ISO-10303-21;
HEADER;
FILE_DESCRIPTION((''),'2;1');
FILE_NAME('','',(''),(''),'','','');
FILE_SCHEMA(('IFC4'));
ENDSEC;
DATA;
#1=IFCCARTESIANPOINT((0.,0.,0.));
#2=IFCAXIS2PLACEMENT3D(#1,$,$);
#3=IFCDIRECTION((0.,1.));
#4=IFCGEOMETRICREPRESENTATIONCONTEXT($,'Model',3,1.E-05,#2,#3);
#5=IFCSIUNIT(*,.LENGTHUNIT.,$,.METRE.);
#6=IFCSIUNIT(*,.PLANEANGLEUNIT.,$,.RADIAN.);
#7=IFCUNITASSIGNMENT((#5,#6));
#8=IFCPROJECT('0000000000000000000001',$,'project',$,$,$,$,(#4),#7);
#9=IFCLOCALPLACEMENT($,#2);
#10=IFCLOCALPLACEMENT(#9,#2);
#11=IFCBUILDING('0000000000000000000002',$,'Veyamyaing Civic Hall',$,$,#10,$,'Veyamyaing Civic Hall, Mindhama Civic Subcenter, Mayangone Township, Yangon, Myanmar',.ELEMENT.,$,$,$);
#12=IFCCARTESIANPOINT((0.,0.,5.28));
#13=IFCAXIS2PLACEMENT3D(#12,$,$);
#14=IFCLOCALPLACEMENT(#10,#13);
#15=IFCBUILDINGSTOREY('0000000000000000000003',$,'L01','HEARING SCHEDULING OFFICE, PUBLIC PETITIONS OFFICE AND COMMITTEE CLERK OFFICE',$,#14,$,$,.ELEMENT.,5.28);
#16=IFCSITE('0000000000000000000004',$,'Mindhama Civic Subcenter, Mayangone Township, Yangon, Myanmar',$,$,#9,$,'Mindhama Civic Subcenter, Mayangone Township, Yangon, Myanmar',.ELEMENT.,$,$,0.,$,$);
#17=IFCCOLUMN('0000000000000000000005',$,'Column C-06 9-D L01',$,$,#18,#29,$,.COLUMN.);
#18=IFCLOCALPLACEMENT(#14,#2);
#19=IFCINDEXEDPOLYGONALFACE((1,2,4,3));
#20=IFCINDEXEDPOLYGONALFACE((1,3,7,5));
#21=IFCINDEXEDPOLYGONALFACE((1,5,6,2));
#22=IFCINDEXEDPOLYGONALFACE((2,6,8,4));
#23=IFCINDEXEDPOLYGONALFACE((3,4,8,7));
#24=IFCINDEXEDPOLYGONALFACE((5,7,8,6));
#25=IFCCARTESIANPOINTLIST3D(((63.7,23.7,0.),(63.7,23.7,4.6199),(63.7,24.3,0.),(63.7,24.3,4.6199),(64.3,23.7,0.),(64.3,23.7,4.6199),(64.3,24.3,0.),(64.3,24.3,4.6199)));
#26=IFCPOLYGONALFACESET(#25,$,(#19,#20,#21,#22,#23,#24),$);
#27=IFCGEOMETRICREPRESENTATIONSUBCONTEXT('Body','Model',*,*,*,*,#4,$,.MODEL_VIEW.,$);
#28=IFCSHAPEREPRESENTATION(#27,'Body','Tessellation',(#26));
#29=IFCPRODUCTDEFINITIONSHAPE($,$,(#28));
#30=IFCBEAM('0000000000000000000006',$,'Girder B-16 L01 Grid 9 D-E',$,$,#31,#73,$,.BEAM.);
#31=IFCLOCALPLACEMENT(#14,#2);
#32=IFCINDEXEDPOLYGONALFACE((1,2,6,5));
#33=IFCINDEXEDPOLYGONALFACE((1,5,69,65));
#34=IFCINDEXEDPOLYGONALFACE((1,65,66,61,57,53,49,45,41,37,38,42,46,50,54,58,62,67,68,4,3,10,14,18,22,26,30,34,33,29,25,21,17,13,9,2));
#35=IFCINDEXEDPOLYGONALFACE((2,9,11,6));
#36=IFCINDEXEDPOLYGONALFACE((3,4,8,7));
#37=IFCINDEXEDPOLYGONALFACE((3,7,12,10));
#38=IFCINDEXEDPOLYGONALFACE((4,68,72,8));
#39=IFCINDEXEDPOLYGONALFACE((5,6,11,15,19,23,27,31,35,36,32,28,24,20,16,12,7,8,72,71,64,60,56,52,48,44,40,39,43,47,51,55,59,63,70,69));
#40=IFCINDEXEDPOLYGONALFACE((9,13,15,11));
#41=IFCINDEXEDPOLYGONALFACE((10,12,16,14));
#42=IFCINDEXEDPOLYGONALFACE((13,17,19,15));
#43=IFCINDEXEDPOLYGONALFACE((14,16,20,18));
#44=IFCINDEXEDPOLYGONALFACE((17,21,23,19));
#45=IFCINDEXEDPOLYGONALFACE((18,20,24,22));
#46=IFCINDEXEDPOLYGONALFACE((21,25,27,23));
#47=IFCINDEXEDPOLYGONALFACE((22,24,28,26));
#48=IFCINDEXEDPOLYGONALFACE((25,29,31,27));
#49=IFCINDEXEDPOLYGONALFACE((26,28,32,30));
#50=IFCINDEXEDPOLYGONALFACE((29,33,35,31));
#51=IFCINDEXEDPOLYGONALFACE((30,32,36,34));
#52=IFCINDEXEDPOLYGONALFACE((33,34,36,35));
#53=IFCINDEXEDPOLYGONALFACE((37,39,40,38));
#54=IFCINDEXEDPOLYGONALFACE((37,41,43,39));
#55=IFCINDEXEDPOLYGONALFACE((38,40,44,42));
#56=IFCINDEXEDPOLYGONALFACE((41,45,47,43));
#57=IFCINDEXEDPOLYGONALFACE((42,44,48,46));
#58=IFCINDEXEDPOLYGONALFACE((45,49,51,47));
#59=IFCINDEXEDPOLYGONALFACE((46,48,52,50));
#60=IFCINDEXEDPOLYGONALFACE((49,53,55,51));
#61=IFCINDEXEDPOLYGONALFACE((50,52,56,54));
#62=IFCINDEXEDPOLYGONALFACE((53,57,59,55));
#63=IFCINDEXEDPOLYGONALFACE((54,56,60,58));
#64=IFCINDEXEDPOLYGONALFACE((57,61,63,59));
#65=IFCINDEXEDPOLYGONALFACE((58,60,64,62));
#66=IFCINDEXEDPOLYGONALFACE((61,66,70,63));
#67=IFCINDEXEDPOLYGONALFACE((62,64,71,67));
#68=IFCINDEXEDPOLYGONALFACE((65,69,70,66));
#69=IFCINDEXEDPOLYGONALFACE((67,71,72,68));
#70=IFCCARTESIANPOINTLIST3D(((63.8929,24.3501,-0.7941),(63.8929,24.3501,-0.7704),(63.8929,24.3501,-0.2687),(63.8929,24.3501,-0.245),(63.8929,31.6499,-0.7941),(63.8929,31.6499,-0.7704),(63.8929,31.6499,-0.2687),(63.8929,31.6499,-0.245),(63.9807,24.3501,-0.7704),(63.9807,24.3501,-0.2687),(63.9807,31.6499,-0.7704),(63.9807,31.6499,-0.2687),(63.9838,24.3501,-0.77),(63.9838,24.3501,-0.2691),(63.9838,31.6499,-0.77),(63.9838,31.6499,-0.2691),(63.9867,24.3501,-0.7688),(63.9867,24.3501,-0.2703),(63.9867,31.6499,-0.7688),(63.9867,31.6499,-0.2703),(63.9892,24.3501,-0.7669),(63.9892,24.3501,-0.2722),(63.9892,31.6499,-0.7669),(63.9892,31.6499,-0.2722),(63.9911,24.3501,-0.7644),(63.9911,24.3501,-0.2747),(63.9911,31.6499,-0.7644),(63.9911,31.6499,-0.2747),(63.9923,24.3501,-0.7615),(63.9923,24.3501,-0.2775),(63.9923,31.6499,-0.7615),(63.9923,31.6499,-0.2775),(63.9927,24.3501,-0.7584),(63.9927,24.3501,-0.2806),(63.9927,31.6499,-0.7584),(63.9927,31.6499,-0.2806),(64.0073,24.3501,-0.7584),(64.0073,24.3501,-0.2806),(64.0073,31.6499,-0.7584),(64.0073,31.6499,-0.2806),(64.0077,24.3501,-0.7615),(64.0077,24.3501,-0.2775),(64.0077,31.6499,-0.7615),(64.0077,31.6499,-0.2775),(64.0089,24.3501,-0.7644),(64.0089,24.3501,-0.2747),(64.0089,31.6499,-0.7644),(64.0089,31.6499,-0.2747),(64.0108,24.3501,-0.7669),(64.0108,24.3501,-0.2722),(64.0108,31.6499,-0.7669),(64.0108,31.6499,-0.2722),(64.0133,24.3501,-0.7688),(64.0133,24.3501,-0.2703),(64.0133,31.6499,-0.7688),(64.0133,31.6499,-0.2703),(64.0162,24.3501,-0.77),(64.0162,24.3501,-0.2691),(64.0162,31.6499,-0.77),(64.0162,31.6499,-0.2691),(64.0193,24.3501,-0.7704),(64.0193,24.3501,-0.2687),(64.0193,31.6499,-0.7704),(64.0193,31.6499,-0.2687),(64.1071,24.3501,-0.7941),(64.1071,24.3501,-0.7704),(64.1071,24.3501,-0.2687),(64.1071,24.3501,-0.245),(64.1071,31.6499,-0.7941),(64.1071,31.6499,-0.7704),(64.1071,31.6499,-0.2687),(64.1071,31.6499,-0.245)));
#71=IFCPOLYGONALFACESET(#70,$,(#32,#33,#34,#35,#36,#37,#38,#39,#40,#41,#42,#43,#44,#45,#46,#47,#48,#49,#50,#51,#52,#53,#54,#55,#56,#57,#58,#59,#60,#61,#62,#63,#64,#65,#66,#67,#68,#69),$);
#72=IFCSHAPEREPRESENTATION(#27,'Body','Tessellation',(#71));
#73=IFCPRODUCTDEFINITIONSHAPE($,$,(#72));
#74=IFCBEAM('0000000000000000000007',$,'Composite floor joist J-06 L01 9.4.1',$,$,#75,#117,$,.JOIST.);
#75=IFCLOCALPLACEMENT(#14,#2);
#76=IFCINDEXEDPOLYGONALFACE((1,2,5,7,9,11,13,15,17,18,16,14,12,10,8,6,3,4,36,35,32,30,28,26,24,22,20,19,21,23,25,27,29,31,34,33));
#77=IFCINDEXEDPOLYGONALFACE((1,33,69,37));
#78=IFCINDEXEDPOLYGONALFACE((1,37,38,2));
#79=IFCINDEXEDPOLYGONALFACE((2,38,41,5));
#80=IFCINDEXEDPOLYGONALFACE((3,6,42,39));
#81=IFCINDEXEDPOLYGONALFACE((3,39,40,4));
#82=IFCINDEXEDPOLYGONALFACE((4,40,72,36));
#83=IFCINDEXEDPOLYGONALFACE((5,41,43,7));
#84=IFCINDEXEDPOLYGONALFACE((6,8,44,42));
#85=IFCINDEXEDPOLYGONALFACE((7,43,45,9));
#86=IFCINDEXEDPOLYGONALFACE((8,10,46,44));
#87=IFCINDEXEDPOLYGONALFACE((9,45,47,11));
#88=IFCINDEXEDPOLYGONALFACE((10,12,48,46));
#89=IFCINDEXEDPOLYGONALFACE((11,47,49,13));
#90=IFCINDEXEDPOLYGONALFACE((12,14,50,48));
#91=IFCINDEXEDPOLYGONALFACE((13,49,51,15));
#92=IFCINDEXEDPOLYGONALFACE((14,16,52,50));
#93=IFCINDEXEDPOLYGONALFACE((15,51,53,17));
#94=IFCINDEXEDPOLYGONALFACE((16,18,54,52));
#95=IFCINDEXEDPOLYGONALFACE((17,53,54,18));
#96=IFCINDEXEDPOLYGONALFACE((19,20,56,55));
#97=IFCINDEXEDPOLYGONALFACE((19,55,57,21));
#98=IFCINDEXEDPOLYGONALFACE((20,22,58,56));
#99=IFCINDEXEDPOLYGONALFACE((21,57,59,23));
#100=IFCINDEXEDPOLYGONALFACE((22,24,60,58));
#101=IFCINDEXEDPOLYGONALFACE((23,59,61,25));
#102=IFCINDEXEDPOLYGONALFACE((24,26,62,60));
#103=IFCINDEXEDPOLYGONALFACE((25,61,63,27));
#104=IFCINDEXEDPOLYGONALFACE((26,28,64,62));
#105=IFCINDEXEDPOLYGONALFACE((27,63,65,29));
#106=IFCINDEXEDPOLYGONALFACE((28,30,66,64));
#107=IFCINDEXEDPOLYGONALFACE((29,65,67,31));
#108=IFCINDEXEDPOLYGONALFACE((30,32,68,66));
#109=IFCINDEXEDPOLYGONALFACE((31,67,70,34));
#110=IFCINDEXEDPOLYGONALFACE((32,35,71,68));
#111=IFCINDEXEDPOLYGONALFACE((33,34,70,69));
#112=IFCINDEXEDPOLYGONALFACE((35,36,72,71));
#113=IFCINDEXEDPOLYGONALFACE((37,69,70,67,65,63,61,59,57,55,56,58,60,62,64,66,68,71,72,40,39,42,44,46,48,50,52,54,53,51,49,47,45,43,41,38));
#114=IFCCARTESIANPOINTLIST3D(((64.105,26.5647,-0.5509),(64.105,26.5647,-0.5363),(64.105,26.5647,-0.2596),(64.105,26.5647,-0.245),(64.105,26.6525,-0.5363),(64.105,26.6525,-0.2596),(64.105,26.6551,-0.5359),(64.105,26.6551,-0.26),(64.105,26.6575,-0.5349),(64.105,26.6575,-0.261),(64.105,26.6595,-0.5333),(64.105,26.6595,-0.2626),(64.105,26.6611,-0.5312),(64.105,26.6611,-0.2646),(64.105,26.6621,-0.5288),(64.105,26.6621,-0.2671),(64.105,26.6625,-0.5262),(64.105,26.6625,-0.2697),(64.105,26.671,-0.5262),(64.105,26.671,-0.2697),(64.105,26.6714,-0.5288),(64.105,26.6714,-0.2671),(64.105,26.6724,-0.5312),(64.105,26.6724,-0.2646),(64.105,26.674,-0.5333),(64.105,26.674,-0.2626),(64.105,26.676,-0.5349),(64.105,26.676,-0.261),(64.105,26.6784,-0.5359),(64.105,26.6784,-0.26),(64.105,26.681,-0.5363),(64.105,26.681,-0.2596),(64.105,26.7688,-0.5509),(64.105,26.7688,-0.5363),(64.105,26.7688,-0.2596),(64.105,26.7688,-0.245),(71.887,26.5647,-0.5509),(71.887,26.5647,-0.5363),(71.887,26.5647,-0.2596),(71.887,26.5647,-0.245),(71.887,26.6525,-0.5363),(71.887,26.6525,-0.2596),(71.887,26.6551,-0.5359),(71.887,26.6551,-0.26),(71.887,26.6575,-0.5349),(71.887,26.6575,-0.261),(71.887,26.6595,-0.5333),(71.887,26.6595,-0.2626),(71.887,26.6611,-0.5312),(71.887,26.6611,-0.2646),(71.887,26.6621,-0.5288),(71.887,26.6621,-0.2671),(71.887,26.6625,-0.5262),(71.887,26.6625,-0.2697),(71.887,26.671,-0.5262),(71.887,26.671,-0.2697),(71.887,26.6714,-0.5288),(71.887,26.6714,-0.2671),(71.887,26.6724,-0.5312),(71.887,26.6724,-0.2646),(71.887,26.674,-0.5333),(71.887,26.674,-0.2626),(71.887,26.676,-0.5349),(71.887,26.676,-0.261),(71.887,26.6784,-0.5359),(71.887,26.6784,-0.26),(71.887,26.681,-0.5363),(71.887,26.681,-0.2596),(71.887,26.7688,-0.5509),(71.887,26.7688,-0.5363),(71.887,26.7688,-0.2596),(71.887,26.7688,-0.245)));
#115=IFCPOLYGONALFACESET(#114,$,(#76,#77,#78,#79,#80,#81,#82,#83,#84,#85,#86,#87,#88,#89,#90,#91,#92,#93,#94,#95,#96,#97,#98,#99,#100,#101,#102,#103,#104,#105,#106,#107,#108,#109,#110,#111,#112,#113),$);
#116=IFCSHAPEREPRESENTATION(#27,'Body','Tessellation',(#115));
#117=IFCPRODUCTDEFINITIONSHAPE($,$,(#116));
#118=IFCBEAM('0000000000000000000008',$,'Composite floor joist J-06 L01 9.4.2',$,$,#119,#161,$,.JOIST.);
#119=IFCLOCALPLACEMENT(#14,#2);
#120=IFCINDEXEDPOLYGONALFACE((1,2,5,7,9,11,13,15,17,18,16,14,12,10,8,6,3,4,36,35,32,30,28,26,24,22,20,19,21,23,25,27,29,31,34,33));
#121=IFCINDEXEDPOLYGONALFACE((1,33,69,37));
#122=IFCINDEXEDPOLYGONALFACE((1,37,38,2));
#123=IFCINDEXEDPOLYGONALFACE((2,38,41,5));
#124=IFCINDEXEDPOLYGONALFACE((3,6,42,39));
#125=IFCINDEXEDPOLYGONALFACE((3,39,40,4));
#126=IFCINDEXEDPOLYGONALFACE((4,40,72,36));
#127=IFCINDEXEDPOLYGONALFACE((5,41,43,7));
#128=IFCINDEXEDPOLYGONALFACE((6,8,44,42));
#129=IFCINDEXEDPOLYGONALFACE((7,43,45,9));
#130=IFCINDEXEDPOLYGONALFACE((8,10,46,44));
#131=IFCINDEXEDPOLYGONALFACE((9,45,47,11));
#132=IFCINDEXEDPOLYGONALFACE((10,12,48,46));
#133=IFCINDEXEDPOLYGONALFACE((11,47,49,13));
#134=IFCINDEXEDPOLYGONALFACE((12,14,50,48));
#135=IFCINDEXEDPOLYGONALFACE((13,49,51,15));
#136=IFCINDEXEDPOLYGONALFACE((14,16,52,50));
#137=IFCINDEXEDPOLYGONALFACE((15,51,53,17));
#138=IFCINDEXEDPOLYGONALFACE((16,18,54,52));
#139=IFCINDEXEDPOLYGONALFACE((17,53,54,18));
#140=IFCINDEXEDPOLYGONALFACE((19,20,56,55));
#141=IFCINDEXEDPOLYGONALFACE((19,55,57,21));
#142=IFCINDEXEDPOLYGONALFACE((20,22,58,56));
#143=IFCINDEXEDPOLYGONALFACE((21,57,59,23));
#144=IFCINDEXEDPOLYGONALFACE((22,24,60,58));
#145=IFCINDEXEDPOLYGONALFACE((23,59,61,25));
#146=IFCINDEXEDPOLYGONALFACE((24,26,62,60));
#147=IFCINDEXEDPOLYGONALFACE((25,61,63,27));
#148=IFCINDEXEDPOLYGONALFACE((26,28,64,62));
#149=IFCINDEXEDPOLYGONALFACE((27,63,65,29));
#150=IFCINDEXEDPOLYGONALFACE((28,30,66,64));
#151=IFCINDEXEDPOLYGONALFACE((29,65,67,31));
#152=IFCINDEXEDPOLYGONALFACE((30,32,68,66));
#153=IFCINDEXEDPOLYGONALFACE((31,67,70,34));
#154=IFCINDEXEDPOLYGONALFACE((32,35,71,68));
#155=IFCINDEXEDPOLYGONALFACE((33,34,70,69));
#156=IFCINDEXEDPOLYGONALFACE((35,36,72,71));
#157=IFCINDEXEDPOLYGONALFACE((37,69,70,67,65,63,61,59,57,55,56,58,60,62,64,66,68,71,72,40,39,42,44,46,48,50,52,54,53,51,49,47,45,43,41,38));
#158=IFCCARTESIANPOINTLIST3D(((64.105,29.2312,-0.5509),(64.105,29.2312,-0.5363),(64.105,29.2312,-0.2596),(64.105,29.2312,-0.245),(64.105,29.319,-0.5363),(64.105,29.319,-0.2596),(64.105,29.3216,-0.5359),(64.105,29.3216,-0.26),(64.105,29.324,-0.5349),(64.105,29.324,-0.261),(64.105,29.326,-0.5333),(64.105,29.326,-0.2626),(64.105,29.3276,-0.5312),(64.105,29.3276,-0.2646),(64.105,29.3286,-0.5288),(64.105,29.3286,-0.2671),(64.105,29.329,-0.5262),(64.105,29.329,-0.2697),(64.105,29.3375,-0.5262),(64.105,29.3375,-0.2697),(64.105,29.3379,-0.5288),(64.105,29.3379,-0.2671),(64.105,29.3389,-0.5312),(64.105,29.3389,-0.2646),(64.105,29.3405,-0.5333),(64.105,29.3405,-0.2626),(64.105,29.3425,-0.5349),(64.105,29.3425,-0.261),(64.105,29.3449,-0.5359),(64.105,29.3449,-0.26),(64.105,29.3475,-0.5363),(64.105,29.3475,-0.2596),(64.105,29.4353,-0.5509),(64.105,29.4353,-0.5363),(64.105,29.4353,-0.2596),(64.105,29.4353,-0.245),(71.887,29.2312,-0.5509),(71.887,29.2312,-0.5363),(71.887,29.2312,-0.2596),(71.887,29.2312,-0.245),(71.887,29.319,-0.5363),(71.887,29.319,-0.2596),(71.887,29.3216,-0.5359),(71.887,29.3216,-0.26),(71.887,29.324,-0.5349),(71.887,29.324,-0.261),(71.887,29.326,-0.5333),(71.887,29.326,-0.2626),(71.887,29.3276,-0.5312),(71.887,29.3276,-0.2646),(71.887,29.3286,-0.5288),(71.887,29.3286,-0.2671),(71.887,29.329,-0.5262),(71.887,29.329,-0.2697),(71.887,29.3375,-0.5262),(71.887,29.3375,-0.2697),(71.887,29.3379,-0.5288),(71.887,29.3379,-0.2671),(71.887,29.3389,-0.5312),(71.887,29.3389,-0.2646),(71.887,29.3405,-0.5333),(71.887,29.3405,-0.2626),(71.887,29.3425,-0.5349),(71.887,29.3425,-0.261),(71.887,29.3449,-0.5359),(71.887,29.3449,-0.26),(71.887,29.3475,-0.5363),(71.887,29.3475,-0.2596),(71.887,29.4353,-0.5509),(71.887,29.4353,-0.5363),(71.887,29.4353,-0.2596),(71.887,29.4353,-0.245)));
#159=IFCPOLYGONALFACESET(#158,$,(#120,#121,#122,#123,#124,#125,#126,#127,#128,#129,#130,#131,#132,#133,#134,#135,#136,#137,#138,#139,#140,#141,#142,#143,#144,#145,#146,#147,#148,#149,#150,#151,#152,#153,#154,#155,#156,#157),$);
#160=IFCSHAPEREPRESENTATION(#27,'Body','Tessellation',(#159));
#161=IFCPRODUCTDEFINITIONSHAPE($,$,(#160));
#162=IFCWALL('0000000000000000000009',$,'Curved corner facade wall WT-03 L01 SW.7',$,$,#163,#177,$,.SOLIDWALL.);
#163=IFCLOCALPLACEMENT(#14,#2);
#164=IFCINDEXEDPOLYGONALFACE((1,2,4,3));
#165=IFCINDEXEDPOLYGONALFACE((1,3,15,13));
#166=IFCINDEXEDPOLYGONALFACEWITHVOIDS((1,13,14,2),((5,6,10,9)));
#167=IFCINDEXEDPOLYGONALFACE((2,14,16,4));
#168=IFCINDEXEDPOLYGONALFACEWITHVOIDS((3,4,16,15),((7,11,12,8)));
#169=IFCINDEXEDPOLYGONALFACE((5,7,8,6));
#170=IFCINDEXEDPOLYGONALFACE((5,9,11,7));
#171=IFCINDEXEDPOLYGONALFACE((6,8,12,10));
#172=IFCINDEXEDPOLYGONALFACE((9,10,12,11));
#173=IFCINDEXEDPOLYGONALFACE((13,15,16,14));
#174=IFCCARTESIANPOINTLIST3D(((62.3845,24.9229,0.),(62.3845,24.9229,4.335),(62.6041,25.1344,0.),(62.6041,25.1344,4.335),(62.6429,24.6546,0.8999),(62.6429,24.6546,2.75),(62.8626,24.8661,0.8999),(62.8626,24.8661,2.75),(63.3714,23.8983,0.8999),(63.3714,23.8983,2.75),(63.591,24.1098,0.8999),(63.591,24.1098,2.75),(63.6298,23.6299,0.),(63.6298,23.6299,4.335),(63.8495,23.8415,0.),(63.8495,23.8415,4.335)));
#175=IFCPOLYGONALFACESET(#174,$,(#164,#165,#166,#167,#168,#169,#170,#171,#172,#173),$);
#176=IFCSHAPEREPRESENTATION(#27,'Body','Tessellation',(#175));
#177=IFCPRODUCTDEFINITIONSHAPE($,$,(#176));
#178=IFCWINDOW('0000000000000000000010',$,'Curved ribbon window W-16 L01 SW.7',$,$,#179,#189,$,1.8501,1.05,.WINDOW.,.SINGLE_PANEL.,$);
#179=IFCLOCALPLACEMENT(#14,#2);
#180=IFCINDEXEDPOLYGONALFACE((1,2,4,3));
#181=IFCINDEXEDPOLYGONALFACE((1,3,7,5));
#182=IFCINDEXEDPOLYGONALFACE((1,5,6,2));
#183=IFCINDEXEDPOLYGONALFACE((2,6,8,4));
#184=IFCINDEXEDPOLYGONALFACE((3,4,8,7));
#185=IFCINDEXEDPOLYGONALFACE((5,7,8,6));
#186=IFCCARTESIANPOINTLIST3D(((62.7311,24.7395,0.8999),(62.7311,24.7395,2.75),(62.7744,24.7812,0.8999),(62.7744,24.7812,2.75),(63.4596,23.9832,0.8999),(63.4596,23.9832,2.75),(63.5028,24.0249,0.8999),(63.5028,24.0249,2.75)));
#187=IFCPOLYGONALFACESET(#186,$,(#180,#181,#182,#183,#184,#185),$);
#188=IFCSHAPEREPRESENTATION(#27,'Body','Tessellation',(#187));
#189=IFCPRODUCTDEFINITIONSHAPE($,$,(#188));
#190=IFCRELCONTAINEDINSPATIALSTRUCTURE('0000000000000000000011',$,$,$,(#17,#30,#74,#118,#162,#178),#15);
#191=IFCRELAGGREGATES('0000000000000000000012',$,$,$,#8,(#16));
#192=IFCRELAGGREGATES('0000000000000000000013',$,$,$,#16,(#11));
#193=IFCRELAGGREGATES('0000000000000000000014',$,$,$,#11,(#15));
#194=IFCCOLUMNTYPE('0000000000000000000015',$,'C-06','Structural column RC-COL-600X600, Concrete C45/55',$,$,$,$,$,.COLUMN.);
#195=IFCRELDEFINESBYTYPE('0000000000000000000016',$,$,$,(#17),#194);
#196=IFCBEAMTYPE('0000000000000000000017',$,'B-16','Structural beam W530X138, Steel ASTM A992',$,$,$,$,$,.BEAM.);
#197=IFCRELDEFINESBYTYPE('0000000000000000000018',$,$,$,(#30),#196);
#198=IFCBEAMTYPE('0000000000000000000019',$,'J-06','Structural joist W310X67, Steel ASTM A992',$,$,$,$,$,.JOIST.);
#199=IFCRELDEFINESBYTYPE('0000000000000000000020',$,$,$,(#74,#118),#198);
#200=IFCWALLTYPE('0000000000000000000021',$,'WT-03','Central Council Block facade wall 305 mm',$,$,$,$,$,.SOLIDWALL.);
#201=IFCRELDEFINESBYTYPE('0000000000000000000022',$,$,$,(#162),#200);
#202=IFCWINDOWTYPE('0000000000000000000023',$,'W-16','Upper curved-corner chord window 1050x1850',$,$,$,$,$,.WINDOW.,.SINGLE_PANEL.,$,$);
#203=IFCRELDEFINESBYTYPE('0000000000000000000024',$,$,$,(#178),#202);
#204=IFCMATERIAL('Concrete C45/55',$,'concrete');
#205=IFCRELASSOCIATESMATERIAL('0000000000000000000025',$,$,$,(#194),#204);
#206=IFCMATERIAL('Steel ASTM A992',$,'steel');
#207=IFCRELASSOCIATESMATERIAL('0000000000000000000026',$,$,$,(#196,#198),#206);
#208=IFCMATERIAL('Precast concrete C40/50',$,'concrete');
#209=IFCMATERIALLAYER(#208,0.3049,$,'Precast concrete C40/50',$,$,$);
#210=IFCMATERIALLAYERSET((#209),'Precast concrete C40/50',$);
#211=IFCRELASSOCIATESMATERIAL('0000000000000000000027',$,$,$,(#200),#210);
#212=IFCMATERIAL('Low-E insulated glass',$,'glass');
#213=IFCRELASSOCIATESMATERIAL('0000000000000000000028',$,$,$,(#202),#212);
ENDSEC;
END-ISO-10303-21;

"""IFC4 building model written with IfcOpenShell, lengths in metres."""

from ifc_helpers import new_model, si_unit, direction, frame, frame_2d, origin, origin_2d, place, context, subcontext, project, spatial, rectangle, i_section, extrude, material, layer, layer_set, material_profile, profile_set, type_object, element, fill, save


model = new_model("IFC4")

# Units and contexts
model_context = context("Model", 3, precision=1e-05, world=origin(), true_north=direction((0.0, 1.0)))
body_context = subcontext(model_context, "Body", "Model", "MODEL_VIEW")
ifc_project = project(units=[si_unit("LENGTHUNIT", "METRE"), si_unit("PLANEANGLEUNIT", "RADIAN")], contexts=[model_context])

# Site, building, storey
site_placement = place(None, origin())
site = spatial("IfcSite", under=ifc_project, at=site_placement, Name="Mindhama Civic Subcenter, Mayangone Township, Yangon, Myanmar", LongName="Mindhama Civic Subcenter, Mayangone Township, Yangon, Myanmar", CompositionType="ELEMENT", RefElevation=0.0)
building_placement = place(site_placement, origin())
building = spatial("IfcBuilding", under=site, at=building_placement, Name="Veyamyaing Civic Hall", LongName="Veyamyaing Civic Hall, Mindhama Civic Subcenter, Mayangone Township, Yangon, Myanmar", CompositionType="ELEMENT")
storey_placement = place(building_placement, frame((0.0, 0.0, 5.28)))
storey = spatial("IfcBuildingStorey", under=building, at=storey_placement, Name="L01", Description="HEARING SCHEDULING OFFICE, PUBLIC PETITIONS OFFICE AND COMMITTEE CLERK OFFICE", CompositionType="ELEMENT", Elevation=5.28)

# Column
ifc_material_1 = material(Name="Concrete C45/55", Category="concrete")
ifc_material_profile_1 = material_profile(ifc_material_1, rectangle(XDim=0.6001, YDim=0.6001, at=origin_2d()), Name="RC-COL-600X600")
ifc_profile_set_1 = profile_set([ifc_material_profile_1], Name="Concrete C45/55")
column_type = type_object("IfcColumnType", Name="C-06", Description="Structural column RC-COL-600X600, Concrete C45/55", PredefinedType="COLUMN", material=ifc_profile_set_1)
column_placement = place(storey_placement, frame((64.0, 24.0, 0.0), z_axis=(0.0, 0.0, 1.0), x_axis=(1.0, 0.0, 0.0)))
element("IfcColumn", 1, at=column_placement, inside=storey, type_object=column_type, Name="Column C-06 9-D L01", PredefinedType="COLUMN", context=body_context, shape_type="SweptSolid", body=[
    extrude(rectangle(XDim=0.6001, YDim=0.6001, at=origin_2d()), origin(), (0.0, 0.0, 1.0), 4.6199),
])

# Beams
ifc_material_2 = material(Name="Steel ASTM A992", Category="steel")
ifc_material_profile_2 = material_profile(ifc_material_2, i_section(OverallWidth=0.2141, OverallDepth=0.5491, WebThickness=0.0146, FlangeThickness=0.0237, FilletRadius=0.012, at=origin_2d()), Name="W530X138")
ifc_profile_set_2 = profile_set([ifc_material_profile_2], Name="Steel ASTM A992")
beam_type_1 = type_object("IfcBeamType", Name="B-16", Description="Structural beam W530X138, Steel ASTM A992", PredefinedType="BEAM", material=ifc_profile_set_2)
beam_placement = place(storey_placement, frame((64.0, 24.3501, -0.5195), z_axis=(0.0, 1.0, 0.0), x_axis=(-1.0, 0.0, 0.0)))
element("IfcBeam", 2, at=beam_placement, inside=storey, type_object=beam_type_1, Name="Girder B-16 L01 Grid 9 D-E", PredefinedType="BEAM", context=body_context, shape_type="SweptSolid", body=[
    extrude(i_section(OverallWidth=0.2141, OverallDepth=0.5491, WebThickness=0.0146, FlangeThickness=0.0237, FilletRadius=0.012, at=origin_2d()), origin(), (0.0, 0.0, 1.0), 7.2998),
])
ifc_material_profile_3 = material_profile(ifc_material_2, i_section(OverallWidth=0.2041, OverallDepth=0.3059, WebThickness=0.0085, FlangeThickness=0.0146, FilletRadius=0.01, at=origin_2d()), Name="W310X67")
ifc_profile_set_3 = profile_set([ifc_material_profile_3], Name="Steel ASTM A992")
beam_type_2 = type_object("IfcBeamType", Name="J-06", Description="Structural joist W310X67, Steel ASTM A992", PredefinedType="JOIST", material=ifc_profile_set_3)
for number, where, z_axis, x_axis, name in (
    (3, (64.105, 26.6667, -0.3979), (1.0, 0.0, 0.0), (0.0, 1.0, 0.0), "Composite floor joist J-06 L01 9.4.1"),
    (4, (64.105, 29.3333, -0.3979), (1.0, 0.0, 0.0), (0.0, 1.0, 0.0), "Composite floor joist J-06 L01 9.4.2"),
):
    element("IfcBeam", number, at=place(storey_placement, frame(where, z_axis=z_axis, x_axis=x_axis)), inside=storey, type_object=beam_type_2, Name=name, PredefinedType="JOIST", context=body_context, shape_type="SweptSolid", body=[
        extrude(i_section(OverallWidth=0.2041, OverallDepth=0.3059, WebThickness=0.0085, FlangeThickness=0.0146, FilletRadius=0.01, at=origin_2d()), origin(), (0.0, 0.0, 1.0), 7.782),
    ])

# Wall, opening, window
ifc_material_3 = material(Name="Precast concrete C40/50", Category="concrete")
ifc_layer_1 = layer(ifc_material_3, 0.3049, Name="Precast concrete C40/50")
ifc_layer_set_1 = layer_set([ifc_layer_1], Name="Precast concrete C40/50")
wall_type_1 = type_object("IfcWallType", Name="WT-03", Description="Central Council Block facade wall 305 mm", PredefinedType="SOLIDWALL", material=ifc_layer_set_1)
wall_1_placement = place(storey_placement, frame((62.4944, 25.0286, 0.0), z_axis=(0.0, 0.0, 1.0), x_axis=(0.693723, -0.720242, 0.0)))
wall_1 = element("IfcWall", 5, at=wall_1_placement, inside=storey, type_object=wall_type_1, Name="Curved corner facade wall WT-03 L01 SW.7", PredefinedType="SOLIDWALL", context=body_context, shape_type="SweptSolid", body=[
    extrude(rectangle(XDim=1.7952, YDim=0.3049, at=frame_2d((0.8975, 0.0))), origin(), (0.0, 0.0, 1.0), 4.335),
])
opening_1_placement = place(wall_1_placement, frame((0.3726, 0.0, 0.8999)))
opening_1 = element("IfcOpeningElement", 6, at=opening_1_placement, cuts=wall_1, PredefinedType="OPENING", context=body_context, shape_type="SweptSolid", body=[
    extrude(rectangle(XDim=1.05, YDim=1.8501, at=frame_2d((0.5249, 0.925))), frame((0.0, 0.1624, 0.0), z_axis=(0.0, -1.0, 0.0), x_axis=(1.0, 0.0, 0.0)), (0.0, 0.0, 1.0), 0.325),
])
ifc_material_4 = material(Name="Low-E insulated glass", Category="glass")
window_type = type_object("IfcWindowType", Name="W-16", Description="Upper curved-corner chord window 1050x1850", PartitioningType="SINGLE_PANEL", PredefinedType="WINDOW", material=ifc_material_4)
window_1_placement = place(opening_1_placement, origin())
window_1 = element("IfcWindow", 7, at=window_1_placement, inside=storey, type_object=window_type, Name="Curved ribbon window W-16 L01 SW.7", OverallHeight=1.8501, OverallWidth=1.05, PartitioningType="SINGLE_PANEL", PredefinedType="WINDOW", context=body_context, shape_type="SweptSolid", body=[
    extrude(rectangle(XDim=1.05, YDim=1.8501, at=frame_2d((0.5249, 0.925))), frame((0.0, 0.03, 0.0), z_axis=(0.0, -1.0, 0.0), x_axis=(1.0, 0.0, 0.0)), (0.0, 0.0, 1.0), 0.0601),
])
fill(opening_1, window_1)

save(model, "model.ifc")
